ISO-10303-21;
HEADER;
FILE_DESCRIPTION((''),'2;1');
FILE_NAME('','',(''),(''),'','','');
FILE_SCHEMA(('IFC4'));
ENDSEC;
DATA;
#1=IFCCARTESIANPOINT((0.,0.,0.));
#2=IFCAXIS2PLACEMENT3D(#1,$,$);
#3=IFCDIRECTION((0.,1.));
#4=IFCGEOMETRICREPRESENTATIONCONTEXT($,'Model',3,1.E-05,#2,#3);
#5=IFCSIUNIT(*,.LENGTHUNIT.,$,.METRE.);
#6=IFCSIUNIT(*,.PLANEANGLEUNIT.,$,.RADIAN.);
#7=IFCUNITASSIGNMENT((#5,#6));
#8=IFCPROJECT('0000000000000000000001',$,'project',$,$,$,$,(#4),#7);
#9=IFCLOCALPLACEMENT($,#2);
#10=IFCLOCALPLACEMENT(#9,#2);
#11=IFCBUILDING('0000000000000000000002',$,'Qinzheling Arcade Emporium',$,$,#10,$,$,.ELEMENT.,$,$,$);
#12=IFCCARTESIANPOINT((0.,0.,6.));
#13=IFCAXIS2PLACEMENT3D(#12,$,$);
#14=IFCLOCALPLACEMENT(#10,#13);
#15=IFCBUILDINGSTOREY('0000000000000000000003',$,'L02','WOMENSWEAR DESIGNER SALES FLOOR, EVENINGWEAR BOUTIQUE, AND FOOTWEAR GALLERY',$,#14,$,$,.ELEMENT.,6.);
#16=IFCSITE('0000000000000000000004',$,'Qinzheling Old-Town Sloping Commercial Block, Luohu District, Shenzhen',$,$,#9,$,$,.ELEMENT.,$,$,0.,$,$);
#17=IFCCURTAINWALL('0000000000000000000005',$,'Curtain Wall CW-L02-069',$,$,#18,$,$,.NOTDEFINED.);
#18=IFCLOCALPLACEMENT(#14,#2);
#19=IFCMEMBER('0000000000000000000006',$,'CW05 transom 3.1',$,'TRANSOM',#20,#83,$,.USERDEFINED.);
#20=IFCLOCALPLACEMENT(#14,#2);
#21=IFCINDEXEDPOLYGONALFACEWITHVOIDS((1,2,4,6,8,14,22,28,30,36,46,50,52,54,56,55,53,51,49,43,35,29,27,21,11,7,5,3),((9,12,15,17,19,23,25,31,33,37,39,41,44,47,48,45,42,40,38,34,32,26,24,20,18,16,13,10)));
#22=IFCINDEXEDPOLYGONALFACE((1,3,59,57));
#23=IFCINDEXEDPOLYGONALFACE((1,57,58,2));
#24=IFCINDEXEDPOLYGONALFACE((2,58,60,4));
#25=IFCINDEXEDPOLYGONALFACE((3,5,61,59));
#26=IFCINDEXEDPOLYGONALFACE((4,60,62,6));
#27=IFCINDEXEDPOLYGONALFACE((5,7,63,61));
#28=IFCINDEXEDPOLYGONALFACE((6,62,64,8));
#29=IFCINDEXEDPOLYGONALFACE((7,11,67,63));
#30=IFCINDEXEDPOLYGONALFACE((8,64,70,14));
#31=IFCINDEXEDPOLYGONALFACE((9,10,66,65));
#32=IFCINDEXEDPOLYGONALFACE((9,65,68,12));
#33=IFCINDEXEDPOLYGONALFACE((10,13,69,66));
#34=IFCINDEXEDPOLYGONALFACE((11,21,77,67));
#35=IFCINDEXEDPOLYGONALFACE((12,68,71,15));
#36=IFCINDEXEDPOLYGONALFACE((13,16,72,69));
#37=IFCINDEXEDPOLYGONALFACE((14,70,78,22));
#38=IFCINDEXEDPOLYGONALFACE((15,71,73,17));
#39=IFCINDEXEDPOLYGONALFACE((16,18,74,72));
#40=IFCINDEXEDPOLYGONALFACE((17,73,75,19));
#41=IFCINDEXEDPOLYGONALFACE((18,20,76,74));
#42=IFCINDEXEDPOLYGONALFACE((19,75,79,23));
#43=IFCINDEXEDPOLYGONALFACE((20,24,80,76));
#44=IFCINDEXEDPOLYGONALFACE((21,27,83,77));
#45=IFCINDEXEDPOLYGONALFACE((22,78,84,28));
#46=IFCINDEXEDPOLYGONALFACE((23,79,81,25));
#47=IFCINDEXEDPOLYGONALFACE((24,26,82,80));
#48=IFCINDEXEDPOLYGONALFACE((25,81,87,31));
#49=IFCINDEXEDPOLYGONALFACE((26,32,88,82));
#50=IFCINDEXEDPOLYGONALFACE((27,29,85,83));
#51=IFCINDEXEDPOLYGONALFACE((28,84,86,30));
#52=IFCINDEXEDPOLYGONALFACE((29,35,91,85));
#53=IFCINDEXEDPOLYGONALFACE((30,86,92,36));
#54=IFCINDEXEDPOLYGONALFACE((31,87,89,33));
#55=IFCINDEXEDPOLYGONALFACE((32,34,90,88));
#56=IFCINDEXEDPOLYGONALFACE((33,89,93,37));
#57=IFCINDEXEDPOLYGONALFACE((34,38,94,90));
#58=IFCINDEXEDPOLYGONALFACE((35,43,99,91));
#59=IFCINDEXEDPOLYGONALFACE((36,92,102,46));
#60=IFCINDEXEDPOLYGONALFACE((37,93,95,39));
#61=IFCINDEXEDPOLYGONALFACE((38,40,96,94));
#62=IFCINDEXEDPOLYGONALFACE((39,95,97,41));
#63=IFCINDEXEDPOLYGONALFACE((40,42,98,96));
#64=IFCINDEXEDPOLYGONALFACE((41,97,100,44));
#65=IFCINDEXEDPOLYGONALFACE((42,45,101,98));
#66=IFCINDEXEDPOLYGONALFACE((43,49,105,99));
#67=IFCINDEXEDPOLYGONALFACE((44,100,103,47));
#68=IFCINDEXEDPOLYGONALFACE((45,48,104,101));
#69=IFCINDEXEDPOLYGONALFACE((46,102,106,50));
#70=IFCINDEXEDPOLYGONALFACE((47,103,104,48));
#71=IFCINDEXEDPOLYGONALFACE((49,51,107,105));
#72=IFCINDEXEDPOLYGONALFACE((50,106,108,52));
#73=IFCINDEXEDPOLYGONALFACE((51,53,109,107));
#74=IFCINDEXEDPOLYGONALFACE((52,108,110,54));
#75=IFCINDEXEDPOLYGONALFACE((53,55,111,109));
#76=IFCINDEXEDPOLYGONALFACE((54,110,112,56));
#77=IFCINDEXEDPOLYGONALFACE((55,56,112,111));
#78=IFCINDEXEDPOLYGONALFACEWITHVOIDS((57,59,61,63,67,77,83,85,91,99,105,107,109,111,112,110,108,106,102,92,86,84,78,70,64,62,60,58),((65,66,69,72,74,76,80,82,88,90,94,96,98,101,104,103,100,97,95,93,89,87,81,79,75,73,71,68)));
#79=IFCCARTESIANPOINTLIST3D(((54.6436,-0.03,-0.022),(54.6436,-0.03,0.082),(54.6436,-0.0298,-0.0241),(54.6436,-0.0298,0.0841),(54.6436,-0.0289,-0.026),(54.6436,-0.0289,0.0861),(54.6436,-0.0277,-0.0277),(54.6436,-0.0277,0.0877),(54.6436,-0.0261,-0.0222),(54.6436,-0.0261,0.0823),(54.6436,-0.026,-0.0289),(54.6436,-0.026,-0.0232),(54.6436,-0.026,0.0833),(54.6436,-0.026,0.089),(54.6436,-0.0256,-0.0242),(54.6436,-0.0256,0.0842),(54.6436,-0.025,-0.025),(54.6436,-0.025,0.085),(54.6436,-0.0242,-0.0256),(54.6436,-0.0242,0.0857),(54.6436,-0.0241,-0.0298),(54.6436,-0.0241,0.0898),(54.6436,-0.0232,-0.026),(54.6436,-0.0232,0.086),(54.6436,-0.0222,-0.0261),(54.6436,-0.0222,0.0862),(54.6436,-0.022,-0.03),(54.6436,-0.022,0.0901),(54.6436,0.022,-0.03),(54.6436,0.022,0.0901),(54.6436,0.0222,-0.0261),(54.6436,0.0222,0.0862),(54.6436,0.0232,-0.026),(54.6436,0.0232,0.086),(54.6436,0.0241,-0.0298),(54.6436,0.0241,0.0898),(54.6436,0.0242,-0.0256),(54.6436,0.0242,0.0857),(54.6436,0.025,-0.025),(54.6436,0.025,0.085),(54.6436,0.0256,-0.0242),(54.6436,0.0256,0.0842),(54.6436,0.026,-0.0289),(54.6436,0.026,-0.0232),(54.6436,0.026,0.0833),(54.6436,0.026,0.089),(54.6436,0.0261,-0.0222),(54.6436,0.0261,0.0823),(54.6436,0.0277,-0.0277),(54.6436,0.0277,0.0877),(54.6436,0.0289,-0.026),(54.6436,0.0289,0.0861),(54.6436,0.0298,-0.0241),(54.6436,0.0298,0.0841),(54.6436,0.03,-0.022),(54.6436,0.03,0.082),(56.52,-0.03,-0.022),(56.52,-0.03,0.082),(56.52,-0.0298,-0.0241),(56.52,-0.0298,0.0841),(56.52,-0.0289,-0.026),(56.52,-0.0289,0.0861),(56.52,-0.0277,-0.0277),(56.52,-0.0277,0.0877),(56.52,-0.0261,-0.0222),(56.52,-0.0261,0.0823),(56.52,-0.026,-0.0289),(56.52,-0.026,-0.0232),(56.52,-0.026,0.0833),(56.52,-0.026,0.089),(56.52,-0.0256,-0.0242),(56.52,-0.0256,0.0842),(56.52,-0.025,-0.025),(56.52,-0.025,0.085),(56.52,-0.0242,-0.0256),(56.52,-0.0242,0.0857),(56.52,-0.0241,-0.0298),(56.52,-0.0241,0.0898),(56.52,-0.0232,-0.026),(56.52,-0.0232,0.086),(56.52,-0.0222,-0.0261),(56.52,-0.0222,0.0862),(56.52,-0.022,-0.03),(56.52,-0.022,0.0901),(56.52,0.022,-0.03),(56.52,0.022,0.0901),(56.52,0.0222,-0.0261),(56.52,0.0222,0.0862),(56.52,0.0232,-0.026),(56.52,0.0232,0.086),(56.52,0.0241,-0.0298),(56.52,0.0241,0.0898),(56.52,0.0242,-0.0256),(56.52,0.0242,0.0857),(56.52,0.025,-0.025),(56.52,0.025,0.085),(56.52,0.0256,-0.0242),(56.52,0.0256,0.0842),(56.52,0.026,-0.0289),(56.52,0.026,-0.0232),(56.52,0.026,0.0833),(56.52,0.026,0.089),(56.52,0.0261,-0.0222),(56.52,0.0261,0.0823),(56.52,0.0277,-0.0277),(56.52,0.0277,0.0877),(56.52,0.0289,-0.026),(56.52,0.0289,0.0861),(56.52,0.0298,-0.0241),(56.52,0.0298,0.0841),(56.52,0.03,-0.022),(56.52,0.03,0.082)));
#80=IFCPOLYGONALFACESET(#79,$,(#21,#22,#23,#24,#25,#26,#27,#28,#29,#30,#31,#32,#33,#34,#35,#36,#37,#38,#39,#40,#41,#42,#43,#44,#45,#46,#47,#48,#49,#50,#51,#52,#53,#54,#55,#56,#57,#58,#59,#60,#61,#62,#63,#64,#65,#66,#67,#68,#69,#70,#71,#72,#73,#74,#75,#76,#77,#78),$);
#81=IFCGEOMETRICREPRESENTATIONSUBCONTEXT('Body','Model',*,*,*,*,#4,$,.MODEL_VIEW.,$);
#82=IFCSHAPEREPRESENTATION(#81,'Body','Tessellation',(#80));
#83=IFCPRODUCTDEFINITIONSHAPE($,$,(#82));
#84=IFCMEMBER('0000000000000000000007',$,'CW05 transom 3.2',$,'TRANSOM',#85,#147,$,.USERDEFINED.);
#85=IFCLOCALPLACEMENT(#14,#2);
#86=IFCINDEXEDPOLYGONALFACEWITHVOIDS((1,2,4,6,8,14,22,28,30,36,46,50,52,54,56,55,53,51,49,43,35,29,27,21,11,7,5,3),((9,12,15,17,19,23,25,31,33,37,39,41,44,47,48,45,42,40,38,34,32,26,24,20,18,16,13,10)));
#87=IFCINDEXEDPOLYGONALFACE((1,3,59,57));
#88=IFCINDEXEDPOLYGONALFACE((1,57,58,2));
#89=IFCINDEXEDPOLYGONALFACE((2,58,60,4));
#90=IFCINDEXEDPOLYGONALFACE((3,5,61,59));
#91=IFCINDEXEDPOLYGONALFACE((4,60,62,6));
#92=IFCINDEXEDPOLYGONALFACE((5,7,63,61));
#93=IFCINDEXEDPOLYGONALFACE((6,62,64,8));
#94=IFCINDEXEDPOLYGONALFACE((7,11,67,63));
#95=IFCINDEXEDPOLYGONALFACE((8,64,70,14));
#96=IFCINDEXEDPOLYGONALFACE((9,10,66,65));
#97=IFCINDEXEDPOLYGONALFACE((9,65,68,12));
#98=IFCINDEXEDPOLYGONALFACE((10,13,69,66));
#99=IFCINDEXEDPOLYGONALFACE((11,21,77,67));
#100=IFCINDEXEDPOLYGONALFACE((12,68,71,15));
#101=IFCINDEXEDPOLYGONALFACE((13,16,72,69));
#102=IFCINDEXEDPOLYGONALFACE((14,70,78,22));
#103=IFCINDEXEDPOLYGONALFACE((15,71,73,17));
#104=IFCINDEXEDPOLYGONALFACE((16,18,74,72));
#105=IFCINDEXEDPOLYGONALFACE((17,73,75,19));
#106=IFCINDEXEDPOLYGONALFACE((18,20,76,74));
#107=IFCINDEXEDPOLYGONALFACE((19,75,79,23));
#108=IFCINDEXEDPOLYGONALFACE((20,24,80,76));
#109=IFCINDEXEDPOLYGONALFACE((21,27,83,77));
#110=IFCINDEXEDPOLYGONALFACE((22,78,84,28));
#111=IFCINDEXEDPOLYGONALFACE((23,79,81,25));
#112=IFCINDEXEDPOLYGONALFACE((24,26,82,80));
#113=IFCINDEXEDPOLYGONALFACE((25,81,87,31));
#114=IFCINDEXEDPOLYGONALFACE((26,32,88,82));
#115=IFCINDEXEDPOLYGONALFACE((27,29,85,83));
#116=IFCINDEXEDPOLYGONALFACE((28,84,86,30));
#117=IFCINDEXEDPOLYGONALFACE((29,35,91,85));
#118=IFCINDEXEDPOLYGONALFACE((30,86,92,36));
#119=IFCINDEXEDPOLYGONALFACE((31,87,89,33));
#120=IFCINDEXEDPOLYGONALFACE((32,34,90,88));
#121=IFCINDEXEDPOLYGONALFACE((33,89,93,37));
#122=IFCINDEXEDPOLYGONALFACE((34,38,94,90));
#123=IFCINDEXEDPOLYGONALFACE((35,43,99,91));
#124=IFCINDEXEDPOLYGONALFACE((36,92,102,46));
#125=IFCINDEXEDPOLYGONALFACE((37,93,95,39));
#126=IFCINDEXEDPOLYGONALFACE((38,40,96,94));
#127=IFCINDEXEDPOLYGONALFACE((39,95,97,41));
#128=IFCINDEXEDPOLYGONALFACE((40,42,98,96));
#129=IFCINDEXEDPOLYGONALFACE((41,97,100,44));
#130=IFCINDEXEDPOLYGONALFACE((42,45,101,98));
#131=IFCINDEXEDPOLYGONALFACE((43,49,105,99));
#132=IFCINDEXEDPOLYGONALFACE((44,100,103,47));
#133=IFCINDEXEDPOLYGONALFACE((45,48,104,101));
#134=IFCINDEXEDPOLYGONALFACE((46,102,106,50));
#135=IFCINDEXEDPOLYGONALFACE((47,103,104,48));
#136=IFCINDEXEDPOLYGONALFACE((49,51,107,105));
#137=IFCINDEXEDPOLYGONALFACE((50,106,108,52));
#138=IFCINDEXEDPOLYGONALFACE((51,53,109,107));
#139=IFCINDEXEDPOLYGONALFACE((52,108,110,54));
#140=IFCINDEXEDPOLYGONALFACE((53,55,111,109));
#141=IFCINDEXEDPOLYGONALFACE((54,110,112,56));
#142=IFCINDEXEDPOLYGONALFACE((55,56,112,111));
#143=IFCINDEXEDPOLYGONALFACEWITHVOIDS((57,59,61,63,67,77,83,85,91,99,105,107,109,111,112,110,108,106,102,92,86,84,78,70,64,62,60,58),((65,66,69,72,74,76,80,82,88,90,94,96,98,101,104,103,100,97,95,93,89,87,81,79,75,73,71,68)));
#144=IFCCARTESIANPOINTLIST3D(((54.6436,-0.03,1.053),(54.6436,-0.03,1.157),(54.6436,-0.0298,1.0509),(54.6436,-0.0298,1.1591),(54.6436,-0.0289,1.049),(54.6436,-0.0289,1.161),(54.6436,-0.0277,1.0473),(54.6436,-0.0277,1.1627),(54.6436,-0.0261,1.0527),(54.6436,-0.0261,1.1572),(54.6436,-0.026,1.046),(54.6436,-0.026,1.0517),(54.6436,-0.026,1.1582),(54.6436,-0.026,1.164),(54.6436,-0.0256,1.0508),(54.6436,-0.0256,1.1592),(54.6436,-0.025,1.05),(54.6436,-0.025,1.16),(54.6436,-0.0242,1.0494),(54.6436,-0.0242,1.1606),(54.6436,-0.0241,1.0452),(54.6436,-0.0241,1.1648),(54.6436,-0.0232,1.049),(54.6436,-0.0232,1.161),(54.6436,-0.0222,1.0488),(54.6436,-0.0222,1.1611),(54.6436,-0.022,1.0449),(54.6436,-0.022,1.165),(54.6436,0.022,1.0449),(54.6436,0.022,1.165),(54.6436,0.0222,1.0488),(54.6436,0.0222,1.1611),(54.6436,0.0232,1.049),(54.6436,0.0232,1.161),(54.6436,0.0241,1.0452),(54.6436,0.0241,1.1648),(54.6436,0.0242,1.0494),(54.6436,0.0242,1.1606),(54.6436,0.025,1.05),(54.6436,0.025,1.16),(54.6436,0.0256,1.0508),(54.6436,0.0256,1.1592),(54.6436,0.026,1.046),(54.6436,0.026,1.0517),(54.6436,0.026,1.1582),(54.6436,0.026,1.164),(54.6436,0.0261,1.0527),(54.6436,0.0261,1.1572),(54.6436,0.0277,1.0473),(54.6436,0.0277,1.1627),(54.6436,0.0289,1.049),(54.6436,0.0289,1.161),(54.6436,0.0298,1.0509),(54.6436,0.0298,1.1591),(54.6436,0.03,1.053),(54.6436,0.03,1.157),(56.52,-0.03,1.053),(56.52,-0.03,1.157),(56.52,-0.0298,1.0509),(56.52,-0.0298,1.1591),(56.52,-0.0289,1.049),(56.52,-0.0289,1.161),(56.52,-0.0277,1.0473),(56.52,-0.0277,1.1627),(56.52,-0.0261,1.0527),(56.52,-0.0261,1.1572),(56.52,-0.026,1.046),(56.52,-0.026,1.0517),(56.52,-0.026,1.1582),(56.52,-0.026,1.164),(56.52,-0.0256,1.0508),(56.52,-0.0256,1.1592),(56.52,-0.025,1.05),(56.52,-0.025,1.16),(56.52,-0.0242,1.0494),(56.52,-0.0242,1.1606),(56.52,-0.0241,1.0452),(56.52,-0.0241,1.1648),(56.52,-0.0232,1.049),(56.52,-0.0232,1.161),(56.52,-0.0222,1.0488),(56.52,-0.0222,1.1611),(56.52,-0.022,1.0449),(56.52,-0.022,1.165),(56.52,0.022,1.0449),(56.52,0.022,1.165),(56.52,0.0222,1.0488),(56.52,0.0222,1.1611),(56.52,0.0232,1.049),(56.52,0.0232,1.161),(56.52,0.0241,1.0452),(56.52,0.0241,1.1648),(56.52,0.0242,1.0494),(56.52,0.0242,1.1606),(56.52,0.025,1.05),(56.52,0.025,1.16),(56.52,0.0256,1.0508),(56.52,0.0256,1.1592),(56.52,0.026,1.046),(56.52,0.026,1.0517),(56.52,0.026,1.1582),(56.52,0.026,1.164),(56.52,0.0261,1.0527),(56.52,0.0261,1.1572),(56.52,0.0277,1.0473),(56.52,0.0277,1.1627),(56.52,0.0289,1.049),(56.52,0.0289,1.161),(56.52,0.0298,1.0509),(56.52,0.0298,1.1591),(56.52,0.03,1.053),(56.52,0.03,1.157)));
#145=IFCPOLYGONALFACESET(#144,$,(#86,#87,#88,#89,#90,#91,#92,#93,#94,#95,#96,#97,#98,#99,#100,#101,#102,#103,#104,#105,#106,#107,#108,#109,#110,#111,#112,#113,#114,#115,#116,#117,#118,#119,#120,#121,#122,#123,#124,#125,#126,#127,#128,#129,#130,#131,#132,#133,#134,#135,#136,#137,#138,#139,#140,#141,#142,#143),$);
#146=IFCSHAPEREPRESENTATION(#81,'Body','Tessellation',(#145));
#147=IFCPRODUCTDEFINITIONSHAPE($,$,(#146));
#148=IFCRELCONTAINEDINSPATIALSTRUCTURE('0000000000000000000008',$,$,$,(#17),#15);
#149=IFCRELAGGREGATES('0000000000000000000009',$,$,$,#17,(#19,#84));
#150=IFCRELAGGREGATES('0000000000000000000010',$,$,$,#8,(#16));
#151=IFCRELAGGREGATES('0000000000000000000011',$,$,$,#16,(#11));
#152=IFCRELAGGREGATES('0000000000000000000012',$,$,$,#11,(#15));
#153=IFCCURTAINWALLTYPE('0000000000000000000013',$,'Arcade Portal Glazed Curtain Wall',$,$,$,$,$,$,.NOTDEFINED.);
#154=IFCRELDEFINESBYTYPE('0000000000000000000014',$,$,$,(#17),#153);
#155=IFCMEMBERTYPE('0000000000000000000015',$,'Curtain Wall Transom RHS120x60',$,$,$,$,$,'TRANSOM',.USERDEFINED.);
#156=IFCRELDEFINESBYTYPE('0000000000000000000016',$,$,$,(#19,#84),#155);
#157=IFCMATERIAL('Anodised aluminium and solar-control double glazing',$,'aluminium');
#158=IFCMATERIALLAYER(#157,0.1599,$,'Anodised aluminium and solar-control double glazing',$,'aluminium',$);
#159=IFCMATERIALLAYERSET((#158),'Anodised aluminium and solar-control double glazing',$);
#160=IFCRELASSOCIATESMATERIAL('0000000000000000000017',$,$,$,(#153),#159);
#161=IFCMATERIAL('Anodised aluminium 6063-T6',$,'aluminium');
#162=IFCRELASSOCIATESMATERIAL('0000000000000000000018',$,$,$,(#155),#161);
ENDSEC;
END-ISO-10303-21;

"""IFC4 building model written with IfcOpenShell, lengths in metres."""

from ifc_helpers import new_model, si_unit, direction, frame, origin, origin_2d, place, context, subcontext, project, spatial, hollow_rectangle, extrude, material, layer, layer_set, material_profile, profile_set, type_object, element, aggregate, save


model = new_model("IFC4")

# Units and contexts
model_context = context("Model", 3, precision=1e-05, world=origin(), true_north=direction((0.0, 1.0)))
body_context = subcontext(model_context, "Body", "Model", "MODEL_VIEW")
ifc_project = project(units=[si_unit("LENGTHUNIT", "METRE"), si_unit("PLANEANGLEUNIT", "RADIAN")], contexts=[model_context])

# Site, building, storey
site_placement = place(None, origin())
site = spatial("IfcSite", under=ifc_project, at=site_placement, Name="Qinzheling Old-Town Sloping Commercial Block, Luohu District, Shenzhen", CompositionType="ELEMENT", RefElevation=0.0)
building_placement = place(site_placement, origin())
building = spatial("IfcBuilding", under=site, at=building_placement, Name="Qinzheling Arcade Emporium", CompositionType="ELEMENT")
storey_placement = place(building_placement, frame((0.0, 0.0, 6.0)))
storey = spatial("IfcBuildingStorey", under=building, at=storey_placement, Name="L02", Description="WOMENSWEAR DESIGNER SALES FLOOR, EVENINGWEAR BOUTIQUE, AND FOOTWEAR GALLERY", CompositionType="ELEMENT", Elevation=6.0)

# Curtain wall, members
ifc_material_1 = material(Name="Anodised aluminium and solar-control double glazing", Category="aluminium")
ifc_layer_1 = layer(ifc_material_1, 0.1599, Name="Anodised aluminium and solar-control double glazing", Category="aluminium")
ifc_layer_set_1 = layer_set([ifc_layer_1], Name="Anodised aluminium and solar-control double glazing")
curtain_wall_type = type_object("IfcCurtainWallType", Name="Arcade Portal Glazed Curtain Wall", PredefinedType="NOTDEFINED", material=ifc_layer_set_1)
curtain_wall_placement = place(storey_placement, origin())
curtain_wall = element("IfcCurtainWall", 1, at=curtain_wall_placement, inside=storey, type_object=curtain_wall_type, Name="Curtain Wall CW-L02-069", PredefinedType="NOTDEFINED")
ifc_material_2 = material(Name="Anodised aluminium 6063-T6", Category="aluminium")
ifc_material_profile_1 = material_profile(ifc_material_2, hollow_rectangle(XDim=0.0601, YDim=0.1201, WallThickness=0.0039, InnerFilletRadius=0.0039, OuterFilletRadius=0.0081, at=origin_2d()), Name="RHS 120x60x4", Category="aluminium")
ifc_profile_set_1 = profile_set([ifc_material_profile_1], Name="Anodised aluminium 6063-T6")
member_type_1 = type_object("IfcMemberType", Name="Curtain Wall Transom RHS120x60", ElementType="TRANSOM", PredefinedType="USERDEFINED", material=ifc_profile_set_1)
member_1_placement = place(storey_placement, frame((56.52, 0.0, 0.03), z_axis=(-1.0, 0.0, 0.0), x_axis=(0.0, -1.0, 0.0)))
member_1 = element("IfcMember", 2, at=member_1_placement, type_object=member_type_1, Name="CW05 transom 3.1", ObjectType="TRANSOM", PredefinedType="USERDEFINED", context=body_context, shape_type="SweptSolid", body=[
    extrude(hollow_rectangle(XDim=0.0601, YDim=0.1201, WallThickness=0.0039, InnerFilletRadius=0.0039, OuterFilletRadius=0.0081, at=origin_2d()), origin(), (0.0, 0.0, 1.0), 1.8765),
])
member_2_placement = place(storey_placement, frame((56.52, 0.0, 1.105), z_axis=(-1.0, 0.0, 0.0), x_axis=(0.0, -1.0, 0.0)))
member_2 = element("IfcMember", 3, at=member_2_placement, type_object=member_type_1, Name="CW05 transom 3.2", ObjectType="TRANSOM", PredefinedType="USERDEFINED", context=body_context, shape_type="SweptSolid", body=[
    extrude(hollow_rectangle(XDim=0.0601, YDim=0.1201, WallThickness=0.0039, InnerFilletRadius=0.0039, OuterFilletRadius=0.0081, at=origin_2d()), origin(), (0.0, 0.0, 1.0), 1.8765),
])

aggregate(curtain_wall, [member_1, member_2])

save(model, "model.ifc")
